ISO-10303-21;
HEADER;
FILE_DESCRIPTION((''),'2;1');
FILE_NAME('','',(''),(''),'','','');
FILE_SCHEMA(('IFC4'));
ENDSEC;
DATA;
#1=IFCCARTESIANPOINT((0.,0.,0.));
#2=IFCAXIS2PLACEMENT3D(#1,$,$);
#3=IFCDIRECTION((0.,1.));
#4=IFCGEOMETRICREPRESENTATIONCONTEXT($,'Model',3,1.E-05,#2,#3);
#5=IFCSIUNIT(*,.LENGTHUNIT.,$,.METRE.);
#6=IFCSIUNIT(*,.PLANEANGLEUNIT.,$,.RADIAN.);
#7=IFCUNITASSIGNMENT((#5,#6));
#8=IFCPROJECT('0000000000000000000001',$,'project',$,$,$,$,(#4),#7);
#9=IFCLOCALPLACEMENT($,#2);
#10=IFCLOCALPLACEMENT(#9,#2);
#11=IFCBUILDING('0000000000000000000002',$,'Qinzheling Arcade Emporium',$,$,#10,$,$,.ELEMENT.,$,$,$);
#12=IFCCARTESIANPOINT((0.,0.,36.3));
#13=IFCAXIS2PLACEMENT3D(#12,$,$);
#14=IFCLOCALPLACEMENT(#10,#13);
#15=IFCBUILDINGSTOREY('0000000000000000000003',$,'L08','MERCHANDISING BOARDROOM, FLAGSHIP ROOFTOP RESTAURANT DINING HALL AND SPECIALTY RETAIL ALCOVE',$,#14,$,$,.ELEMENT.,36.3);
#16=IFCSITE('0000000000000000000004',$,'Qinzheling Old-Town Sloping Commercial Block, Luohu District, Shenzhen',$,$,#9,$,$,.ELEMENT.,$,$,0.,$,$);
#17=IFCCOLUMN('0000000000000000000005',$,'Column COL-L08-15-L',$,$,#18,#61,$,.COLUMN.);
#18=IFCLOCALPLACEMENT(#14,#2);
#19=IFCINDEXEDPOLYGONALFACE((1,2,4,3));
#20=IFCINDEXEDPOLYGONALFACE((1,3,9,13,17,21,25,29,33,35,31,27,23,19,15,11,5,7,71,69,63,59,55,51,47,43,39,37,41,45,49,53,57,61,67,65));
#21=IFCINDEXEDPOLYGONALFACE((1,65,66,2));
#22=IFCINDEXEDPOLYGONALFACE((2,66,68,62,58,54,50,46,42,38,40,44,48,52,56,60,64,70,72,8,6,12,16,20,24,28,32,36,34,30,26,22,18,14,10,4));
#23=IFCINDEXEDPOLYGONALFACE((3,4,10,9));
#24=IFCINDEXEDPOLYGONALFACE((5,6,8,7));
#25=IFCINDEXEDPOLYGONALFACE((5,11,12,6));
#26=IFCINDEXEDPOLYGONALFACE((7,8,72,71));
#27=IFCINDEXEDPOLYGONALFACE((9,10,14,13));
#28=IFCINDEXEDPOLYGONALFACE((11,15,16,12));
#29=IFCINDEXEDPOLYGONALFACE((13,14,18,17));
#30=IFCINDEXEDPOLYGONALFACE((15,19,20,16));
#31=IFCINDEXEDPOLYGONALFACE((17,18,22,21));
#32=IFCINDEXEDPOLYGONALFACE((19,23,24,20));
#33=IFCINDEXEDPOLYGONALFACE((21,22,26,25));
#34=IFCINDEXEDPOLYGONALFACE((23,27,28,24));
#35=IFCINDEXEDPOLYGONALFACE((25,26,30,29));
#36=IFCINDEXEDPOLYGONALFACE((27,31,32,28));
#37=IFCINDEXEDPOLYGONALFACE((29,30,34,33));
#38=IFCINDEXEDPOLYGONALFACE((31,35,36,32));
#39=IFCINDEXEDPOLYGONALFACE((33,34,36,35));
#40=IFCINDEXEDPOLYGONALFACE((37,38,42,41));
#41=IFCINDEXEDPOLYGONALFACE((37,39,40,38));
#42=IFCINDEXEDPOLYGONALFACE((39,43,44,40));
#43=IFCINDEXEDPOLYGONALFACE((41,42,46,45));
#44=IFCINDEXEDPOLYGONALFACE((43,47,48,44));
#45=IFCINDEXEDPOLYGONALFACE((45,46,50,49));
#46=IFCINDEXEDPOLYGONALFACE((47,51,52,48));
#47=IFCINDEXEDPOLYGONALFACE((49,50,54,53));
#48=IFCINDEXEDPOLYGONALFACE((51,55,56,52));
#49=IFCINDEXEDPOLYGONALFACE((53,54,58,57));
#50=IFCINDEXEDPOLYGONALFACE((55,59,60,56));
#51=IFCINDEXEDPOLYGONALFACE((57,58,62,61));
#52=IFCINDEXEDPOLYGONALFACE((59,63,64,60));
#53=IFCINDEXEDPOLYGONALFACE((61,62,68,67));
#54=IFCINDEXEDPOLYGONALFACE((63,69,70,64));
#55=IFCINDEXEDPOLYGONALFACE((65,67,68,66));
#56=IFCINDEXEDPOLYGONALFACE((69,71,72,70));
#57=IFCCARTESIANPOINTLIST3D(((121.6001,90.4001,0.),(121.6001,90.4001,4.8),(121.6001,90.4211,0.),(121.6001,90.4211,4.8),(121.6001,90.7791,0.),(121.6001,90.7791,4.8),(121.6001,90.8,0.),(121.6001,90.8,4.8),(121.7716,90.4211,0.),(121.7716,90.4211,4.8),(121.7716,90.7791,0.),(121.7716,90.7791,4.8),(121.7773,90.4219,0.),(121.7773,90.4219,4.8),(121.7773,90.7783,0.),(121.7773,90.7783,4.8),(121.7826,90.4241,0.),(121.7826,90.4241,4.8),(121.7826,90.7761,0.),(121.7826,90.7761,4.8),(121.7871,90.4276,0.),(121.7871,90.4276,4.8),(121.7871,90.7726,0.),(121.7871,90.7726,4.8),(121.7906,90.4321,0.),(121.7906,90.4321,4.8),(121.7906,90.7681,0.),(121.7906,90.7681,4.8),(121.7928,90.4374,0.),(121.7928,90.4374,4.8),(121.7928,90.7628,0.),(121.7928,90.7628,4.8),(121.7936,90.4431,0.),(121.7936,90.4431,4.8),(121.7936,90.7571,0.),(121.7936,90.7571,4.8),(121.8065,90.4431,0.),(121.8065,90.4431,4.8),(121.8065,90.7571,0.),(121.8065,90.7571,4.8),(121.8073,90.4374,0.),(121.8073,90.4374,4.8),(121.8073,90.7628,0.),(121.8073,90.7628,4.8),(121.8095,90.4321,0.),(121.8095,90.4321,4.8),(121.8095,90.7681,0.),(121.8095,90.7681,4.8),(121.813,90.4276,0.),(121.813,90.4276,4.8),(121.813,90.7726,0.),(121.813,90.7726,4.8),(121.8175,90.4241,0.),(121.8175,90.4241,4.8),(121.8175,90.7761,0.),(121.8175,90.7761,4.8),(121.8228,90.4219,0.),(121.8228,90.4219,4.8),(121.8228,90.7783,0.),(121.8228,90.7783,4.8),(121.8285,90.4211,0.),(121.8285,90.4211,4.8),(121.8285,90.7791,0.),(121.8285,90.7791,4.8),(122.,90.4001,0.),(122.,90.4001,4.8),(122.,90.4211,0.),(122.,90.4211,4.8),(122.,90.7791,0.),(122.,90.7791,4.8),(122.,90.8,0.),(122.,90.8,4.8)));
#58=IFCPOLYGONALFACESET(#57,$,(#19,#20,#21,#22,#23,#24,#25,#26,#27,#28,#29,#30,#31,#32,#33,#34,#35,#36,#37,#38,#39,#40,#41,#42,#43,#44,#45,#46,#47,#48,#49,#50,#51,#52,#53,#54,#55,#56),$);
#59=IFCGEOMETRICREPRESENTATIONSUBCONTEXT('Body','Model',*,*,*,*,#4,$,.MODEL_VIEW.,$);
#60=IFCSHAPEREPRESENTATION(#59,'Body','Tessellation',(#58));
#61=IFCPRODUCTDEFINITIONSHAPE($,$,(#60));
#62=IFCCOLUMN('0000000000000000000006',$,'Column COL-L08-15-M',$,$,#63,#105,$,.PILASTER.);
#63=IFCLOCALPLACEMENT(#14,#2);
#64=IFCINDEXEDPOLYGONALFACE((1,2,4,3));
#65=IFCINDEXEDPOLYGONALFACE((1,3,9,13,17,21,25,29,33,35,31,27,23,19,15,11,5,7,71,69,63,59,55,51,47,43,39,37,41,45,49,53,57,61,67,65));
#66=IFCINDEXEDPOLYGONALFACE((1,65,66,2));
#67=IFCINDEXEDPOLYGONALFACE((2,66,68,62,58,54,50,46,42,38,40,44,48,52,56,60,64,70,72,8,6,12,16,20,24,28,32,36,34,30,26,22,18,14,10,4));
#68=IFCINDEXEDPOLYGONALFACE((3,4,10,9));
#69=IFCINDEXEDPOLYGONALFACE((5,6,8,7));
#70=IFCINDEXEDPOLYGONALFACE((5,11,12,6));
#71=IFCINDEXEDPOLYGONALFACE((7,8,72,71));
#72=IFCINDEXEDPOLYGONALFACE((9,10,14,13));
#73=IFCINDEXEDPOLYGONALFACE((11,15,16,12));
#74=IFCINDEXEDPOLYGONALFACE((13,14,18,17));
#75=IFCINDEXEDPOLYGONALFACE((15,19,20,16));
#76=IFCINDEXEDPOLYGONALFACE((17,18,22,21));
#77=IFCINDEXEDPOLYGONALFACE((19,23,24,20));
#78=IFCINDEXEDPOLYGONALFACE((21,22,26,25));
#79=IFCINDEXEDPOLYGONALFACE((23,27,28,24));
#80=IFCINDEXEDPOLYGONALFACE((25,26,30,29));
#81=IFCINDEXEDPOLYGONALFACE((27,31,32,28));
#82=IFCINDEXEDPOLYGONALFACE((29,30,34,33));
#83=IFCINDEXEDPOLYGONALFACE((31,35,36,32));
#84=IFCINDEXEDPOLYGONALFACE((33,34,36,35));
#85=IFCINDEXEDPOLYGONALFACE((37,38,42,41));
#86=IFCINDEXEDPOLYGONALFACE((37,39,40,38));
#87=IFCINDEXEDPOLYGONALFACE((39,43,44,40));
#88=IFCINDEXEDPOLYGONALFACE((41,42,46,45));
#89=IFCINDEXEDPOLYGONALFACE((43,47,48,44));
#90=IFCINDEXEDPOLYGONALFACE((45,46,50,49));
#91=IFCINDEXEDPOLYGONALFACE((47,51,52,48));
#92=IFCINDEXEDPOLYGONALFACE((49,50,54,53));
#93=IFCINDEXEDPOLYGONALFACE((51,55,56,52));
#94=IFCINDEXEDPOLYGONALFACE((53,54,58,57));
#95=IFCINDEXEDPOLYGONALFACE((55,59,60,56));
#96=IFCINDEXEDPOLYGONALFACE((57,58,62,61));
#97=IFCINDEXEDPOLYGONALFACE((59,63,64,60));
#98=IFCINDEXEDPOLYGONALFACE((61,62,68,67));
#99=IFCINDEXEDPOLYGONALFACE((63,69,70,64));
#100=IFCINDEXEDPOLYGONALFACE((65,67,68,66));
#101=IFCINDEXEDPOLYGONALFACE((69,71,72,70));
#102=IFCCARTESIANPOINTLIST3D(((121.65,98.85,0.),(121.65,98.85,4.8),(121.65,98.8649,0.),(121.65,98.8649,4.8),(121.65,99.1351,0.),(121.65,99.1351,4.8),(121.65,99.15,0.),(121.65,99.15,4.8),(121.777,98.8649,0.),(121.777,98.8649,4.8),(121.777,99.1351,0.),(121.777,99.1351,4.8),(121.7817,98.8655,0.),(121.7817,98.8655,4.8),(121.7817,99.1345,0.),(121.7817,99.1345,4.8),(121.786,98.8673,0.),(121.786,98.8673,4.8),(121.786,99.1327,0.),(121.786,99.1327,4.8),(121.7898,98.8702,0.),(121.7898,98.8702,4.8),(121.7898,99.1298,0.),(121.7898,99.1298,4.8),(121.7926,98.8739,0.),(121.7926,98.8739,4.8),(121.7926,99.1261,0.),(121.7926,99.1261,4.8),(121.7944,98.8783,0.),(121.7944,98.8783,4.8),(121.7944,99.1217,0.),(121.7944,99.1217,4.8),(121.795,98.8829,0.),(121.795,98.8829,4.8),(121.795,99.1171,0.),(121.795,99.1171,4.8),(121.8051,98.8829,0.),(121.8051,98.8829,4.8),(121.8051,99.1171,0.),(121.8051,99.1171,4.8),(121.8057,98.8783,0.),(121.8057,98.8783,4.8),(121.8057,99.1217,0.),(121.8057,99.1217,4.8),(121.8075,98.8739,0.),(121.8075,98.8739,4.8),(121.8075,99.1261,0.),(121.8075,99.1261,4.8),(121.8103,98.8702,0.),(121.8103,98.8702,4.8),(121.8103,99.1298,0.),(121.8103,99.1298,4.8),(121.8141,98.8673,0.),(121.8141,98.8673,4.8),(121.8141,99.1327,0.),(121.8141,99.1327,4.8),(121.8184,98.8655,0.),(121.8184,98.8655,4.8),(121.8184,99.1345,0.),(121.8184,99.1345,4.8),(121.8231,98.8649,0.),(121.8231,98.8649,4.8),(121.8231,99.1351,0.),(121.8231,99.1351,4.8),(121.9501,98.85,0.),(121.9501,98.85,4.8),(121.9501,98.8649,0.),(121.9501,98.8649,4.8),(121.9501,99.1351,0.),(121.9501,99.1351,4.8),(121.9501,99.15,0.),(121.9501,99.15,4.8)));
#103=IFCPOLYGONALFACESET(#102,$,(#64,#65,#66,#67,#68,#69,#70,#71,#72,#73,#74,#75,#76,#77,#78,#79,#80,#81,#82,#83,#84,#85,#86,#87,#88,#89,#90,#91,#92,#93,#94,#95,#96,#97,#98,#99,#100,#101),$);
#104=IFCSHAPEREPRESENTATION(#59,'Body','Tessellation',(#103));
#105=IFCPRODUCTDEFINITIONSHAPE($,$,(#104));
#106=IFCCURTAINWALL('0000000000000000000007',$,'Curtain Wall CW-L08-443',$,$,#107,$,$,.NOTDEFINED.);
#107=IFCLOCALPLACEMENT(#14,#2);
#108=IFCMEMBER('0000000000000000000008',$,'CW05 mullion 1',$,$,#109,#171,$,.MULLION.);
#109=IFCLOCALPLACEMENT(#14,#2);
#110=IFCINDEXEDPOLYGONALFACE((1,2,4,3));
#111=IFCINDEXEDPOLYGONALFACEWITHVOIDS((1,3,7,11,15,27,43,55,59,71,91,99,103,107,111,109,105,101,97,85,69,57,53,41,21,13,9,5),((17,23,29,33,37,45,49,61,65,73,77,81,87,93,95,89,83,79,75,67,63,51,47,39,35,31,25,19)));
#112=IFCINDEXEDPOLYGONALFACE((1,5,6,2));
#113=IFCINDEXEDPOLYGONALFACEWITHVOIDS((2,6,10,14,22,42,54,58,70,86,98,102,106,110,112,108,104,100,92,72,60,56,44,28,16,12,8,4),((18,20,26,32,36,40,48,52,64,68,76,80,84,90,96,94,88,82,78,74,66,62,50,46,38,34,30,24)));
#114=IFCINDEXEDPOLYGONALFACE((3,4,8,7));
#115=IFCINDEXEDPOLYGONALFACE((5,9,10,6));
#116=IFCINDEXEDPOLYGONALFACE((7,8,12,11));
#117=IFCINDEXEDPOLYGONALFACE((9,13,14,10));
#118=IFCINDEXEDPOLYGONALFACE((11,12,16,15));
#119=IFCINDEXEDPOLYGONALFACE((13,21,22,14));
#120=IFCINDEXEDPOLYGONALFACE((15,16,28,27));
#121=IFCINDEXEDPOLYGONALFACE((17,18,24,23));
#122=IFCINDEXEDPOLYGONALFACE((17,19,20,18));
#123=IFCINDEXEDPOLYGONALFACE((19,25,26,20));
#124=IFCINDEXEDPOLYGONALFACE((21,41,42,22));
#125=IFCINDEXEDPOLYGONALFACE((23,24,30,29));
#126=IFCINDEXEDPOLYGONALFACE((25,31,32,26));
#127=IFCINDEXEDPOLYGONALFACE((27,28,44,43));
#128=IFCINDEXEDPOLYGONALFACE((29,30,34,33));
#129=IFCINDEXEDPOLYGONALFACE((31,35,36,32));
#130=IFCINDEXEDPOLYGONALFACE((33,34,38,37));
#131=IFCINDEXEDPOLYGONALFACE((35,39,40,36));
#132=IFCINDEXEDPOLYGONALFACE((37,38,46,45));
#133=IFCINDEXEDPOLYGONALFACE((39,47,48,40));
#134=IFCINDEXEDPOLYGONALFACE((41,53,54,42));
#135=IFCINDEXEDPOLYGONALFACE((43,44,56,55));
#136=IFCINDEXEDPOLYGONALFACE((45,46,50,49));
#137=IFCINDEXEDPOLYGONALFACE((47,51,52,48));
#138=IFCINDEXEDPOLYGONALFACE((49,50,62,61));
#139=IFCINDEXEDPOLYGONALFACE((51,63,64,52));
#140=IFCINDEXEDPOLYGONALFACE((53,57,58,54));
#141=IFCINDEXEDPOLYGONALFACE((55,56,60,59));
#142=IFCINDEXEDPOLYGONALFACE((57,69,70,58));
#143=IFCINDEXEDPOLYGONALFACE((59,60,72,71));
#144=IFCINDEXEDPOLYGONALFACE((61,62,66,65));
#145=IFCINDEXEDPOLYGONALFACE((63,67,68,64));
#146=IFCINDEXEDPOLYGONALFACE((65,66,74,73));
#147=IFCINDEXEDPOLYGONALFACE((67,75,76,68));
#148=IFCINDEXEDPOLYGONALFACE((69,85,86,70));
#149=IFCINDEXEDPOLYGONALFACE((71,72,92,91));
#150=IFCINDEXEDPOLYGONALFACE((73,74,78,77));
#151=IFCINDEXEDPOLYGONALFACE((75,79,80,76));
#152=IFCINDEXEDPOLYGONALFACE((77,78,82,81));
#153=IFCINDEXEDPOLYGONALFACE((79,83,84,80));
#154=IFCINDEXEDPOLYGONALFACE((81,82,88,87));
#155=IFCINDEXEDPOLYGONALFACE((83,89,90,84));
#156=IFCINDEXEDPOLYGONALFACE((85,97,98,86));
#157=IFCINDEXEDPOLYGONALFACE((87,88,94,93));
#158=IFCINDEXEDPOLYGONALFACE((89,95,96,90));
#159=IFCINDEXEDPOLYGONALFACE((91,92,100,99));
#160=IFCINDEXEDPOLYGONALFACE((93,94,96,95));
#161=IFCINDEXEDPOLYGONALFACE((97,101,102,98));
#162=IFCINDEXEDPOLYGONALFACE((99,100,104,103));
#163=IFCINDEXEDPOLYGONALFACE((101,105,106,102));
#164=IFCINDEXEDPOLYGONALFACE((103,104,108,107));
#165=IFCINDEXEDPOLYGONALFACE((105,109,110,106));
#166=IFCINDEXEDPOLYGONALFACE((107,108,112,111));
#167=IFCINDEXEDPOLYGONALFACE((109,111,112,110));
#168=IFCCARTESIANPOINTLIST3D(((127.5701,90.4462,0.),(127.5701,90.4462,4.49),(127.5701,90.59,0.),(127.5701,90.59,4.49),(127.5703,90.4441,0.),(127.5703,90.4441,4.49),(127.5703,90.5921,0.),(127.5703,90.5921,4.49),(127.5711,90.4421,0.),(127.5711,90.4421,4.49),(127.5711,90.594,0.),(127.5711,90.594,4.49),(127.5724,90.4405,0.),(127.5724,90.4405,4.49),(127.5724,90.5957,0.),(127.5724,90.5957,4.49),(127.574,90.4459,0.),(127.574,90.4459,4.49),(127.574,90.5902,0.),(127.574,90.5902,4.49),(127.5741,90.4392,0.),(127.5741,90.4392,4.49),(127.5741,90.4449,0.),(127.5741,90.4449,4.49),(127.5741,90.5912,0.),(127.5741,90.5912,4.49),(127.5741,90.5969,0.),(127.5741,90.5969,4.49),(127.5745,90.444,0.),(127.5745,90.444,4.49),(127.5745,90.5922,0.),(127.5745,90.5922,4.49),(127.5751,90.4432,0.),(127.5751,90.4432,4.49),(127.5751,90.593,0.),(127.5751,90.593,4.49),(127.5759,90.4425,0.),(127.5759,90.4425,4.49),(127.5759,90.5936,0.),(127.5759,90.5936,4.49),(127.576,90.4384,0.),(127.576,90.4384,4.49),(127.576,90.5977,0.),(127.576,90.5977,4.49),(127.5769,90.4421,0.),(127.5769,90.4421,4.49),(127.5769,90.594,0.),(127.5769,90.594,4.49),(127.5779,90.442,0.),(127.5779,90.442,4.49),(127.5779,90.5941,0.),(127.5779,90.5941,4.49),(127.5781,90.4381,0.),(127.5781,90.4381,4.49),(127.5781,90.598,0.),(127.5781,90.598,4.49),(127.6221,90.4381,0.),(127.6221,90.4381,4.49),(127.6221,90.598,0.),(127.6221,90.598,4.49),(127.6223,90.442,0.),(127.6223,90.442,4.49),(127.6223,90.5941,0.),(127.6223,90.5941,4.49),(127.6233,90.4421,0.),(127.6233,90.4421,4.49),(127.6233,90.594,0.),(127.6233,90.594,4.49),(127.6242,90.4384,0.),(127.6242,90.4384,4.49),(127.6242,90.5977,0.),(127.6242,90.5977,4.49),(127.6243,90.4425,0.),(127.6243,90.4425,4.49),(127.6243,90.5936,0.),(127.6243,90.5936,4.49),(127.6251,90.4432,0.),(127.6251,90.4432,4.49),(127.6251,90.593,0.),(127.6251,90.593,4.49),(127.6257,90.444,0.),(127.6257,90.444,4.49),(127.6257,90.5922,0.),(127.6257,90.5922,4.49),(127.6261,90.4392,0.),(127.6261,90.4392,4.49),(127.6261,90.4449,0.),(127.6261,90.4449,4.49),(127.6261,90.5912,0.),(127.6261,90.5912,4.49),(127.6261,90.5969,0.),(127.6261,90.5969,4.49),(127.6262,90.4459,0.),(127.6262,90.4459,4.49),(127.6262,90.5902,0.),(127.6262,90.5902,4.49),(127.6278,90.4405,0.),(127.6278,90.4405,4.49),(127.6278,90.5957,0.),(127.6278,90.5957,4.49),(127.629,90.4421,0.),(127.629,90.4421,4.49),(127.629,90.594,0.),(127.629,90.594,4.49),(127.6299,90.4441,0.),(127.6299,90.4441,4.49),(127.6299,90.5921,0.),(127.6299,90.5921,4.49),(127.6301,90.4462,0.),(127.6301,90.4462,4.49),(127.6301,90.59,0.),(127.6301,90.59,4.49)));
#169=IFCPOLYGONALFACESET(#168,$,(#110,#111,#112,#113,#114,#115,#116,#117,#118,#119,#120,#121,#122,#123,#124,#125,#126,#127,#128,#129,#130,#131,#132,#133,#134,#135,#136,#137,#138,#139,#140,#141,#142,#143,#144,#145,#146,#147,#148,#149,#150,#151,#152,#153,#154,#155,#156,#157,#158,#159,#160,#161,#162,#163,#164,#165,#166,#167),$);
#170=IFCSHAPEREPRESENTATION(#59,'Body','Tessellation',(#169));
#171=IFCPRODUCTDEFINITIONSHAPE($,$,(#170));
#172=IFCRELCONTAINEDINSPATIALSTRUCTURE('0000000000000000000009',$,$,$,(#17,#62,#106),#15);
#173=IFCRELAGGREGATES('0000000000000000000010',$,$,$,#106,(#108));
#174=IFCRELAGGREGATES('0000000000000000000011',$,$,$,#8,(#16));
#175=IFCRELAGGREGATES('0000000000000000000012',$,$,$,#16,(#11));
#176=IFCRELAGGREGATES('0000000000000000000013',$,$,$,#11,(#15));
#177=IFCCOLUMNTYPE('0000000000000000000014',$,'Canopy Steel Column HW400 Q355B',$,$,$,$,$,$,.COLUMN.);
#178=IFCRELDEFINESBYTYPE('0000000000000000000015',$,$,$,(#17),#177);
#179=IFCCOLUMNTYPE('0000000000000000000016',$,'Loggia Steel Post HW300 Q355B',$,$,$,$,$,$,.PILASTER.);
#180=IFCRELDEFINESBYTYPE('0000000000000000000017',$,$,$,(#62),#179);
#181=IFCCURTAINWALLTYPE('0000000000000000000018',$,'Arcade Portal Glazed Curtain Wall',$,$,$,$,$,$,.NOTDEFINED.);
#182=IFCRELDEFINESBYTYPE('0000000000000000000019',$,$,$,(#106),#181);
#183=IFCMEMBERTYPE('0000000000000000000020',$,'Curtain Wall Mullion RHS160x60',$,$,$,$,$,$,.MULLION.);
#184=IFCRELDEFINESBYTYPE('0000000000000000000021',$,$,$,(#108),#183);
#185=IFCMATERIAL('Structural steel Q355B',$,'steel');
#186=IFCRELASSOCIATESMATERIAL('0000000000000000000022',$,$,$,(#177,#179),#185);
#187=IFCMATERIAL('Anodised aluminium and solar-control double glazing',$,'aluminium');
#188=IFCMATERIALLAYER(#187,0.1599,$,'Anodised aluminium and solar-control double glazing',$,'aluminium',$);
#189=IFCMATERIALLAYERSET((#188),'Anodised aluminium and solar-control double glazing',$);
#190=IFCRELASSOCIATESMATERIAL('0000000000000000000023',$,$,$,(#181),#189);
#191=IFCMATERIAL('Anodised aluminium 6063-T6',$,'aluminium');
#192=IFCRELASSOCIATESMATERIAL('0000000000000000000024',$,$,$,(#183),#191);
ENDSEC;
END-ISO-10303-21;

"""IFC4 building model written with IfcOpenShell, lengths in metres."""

from ifc_helpers import new_model, si_unit, direction, frame, origin, origin_2d, place, context, subcontext, project, spatial, hollow_rectangle, i_section, extrude, material, layer, layer_set, material_profile, profile_set, type_object, element, aggregate, save


model = new_model("IFC4")

# Units and contexts
model_context = context("Model", 3, precision=1e-05, world=origin(), true_north=direction((0.0, 1.0)))
body_context = subcontext(model_context, "Body", "Model", "MODEL_VIEW")
ifc_project = project(units=[si_unit("LENGTHUNIT", "METRE"), si_unit("PLANEANGLEUNIT", "RADIAN")], contexts=[model_context])

# Site, building, storey
site_placement = place(None, origin())
site = spatial("IfcSite", under=ifc_project, at=site_placement, Name="Qinzheling Old-Town Sloping Commercial Block, Luohu District, Shenzhen", CompositionType="ELEMENT", RefElevation=0.0)
building_placement = place(site_placement, origin())
building = spatial("IfcBuilding", under=site, at=building_placement, Name="Qinzheling Arcade Emporium", CompositionType="ELEMENT")
storey_placement = place(building_placement, frame((0.0, 0.0, 36.3)))
storey = spatial("IfcBuildingStorey", under=building, at=storey_placement, Name="L08", Description="MERCHANDISING BOARDROOM, FLAGSHIP ROOFTOP RESTAURANT DINING HALL AND SPECIALTY RETAIL ALCOVE", CompositionType="ELEMENT", Elevation=36.3)

# Columns
ifc_material_1 = material(Name="Structural steel Q355B", Category="steel")
ifc_material_profile_1 = material_profile(ifc_material_1, i_section(OverallWidth=0.3999, OverallDepth=0.3999, WebThickness=0.0129, FlangeThickness=0.021, FilletRadius=0.022, at=origin_2d()), Name="HW 400x400x13x21", Category="steel")
ifc_profile_set_1 = profile_set([ifc_material_profile_1], Name="Structural steel Q355B")
column_type_1 = type_object("IfcColumnType", Name="Canopy Steel Column HW400 Q355B", PredefinedType="COLUMN", material=ifc_profile_set_1)
column_1_placement = place(storey_placement, frame((121.8, 90.6001, 0.0), z_axis=(0.0, 0.0, 1.0), x_axis=(1.0, 0.0, 0.0)))
element("IfcColumn", 1, at=column_1_placement, inside=storey, type_object=column_type_1, Name="Column COL-L08-15-L", PredefinedType="COLUMN", context=body_context, shape_type="SweptSolid", body=[
    extrude(i_section(OverallWidth=0.3999, OverallDepth=0.3999, WebThickness=0.0129, FlangeThickness=0.021, FilletRadius=0.022, at=origin_2d()), origin(), (0.0, 0.0, 1.0), 4.8),
])
ifc_material_profile_2 = material_profile(ifc_material_1, i_section(OverallWidth=0.3, OverallDepth=0.3, WebThickness=0.01, FlangeThickness=0.0149, FilletRadius=0.0181, at=origin_2d()), Name="HW 300x300x10x15", Category="steel")
ifc_profile_set_2 = profile_set([ifc_material_profile_2], Name="Structural steel Q355B")
column_type_2 = type_object("IfcColumnType", Name="Loggia Steel Post HW300 Q355B", PredefinedType="PILASTER", material=ifc_profile_set_2)
column_2_placement = place(storey_placement, frame((121.8, 99.0, 0.0), z_axis=(0.0, 0.0, 1.0), x_axis=(1.0, 0.0, 0.0)))
element("IfcColumn", 2, at=column_2_placement, inside=storey, type_object=column_type_2, Name="Column COL-L08-15-M", PredefinedType="PILASTER", context=body_context, shape_type="SweptSolid", body=[
    extrude(i_section(OverallWidth=0.3, OverallDepth=0.3, WebThickness=0.01, FlangeThickness=0.0149, FilletRadius=0.0181, at=origin_2d()), origin(), (0.0, 0.0, 1.0), 4.8),
])

# Curtain wall, member
ifc_material_2 = material(Name="Anodised aluminium and solar-control double glazing", Category="aluminium")
ifc_layer_1 = layer(ifc_material_2, 0.1599, Name="Anodised aluminium and solar-control double glazing", Category="aluminium")
ifc_layer_set_1 = layer_set([ifc_layer_1], Name="Anodised aluminium and solar-control double glazing")
curtain_wall_type = type_object("IfcCurtainWallType", Name="Arcade Portal Glazed Curtain Wall", PredefinedType="NOTDEFINED", material=ifc_layer_set_1)
curtain_wall_placement = place(storey_placement, origin())
curtain_wall = element("IfcCurtainWall", 3, at=curtain_wall_placement, inside=storey, type_object=curtain_wall_type, Name="Curtain Wall CW-L08-443", PredefinedType="NOTDEFINED")
ifc_material_3 = material(Name="Anodised aluminium 6063-T6", Category="aluminium")
ifc_material_profile_3 = material_profile(ifc_material_3, hollow_rectangle(XDim=0.0601, YDim=0.1599, WallThickness=0.0039, InnerFilletRadius=0.0039, OuterFilletRadius=0.0081, at=origin_2d()), Name="RHS 160x60x4", Category="aluminium")
ifc_profile_set_3 = profile_set([ifc_material_profile_3], Name="Anodised aluminium 6063-T6")
member_type_1 = type_object("IfcMemberType", Name="Curtain Wall Mullion RHS160x60", PredefinedType="MULLION", material=ifc_profile_set_3)
member_1_placement = place(storey_placement, frame((127.6001, 90.5181, 0.0), z_axis=(0.0, 0.0, 1.0), x_axis=(1.0, 0.0, 0.0)))
member_1 = element("IfcMember", 4, at=member_1_placement, type_object=member_type_1, Name="CW05 mullion 1", PredefinedType="MULLION", context=body_context, shape_type="SweptSolid", body=[
    extrude(hollow_rectangle(XDim=0.0601, YDim=0.1599, WallThickness=0.0039, InnerFilletRadius=0.0039, OuterFilletRadius=0.0081, at=origin_2d()), origin(), (0.0, 0.0, 1.0), 4.49),
])

aggregate(curtain_wall, [member_1])

save(model, "model.ifc")
